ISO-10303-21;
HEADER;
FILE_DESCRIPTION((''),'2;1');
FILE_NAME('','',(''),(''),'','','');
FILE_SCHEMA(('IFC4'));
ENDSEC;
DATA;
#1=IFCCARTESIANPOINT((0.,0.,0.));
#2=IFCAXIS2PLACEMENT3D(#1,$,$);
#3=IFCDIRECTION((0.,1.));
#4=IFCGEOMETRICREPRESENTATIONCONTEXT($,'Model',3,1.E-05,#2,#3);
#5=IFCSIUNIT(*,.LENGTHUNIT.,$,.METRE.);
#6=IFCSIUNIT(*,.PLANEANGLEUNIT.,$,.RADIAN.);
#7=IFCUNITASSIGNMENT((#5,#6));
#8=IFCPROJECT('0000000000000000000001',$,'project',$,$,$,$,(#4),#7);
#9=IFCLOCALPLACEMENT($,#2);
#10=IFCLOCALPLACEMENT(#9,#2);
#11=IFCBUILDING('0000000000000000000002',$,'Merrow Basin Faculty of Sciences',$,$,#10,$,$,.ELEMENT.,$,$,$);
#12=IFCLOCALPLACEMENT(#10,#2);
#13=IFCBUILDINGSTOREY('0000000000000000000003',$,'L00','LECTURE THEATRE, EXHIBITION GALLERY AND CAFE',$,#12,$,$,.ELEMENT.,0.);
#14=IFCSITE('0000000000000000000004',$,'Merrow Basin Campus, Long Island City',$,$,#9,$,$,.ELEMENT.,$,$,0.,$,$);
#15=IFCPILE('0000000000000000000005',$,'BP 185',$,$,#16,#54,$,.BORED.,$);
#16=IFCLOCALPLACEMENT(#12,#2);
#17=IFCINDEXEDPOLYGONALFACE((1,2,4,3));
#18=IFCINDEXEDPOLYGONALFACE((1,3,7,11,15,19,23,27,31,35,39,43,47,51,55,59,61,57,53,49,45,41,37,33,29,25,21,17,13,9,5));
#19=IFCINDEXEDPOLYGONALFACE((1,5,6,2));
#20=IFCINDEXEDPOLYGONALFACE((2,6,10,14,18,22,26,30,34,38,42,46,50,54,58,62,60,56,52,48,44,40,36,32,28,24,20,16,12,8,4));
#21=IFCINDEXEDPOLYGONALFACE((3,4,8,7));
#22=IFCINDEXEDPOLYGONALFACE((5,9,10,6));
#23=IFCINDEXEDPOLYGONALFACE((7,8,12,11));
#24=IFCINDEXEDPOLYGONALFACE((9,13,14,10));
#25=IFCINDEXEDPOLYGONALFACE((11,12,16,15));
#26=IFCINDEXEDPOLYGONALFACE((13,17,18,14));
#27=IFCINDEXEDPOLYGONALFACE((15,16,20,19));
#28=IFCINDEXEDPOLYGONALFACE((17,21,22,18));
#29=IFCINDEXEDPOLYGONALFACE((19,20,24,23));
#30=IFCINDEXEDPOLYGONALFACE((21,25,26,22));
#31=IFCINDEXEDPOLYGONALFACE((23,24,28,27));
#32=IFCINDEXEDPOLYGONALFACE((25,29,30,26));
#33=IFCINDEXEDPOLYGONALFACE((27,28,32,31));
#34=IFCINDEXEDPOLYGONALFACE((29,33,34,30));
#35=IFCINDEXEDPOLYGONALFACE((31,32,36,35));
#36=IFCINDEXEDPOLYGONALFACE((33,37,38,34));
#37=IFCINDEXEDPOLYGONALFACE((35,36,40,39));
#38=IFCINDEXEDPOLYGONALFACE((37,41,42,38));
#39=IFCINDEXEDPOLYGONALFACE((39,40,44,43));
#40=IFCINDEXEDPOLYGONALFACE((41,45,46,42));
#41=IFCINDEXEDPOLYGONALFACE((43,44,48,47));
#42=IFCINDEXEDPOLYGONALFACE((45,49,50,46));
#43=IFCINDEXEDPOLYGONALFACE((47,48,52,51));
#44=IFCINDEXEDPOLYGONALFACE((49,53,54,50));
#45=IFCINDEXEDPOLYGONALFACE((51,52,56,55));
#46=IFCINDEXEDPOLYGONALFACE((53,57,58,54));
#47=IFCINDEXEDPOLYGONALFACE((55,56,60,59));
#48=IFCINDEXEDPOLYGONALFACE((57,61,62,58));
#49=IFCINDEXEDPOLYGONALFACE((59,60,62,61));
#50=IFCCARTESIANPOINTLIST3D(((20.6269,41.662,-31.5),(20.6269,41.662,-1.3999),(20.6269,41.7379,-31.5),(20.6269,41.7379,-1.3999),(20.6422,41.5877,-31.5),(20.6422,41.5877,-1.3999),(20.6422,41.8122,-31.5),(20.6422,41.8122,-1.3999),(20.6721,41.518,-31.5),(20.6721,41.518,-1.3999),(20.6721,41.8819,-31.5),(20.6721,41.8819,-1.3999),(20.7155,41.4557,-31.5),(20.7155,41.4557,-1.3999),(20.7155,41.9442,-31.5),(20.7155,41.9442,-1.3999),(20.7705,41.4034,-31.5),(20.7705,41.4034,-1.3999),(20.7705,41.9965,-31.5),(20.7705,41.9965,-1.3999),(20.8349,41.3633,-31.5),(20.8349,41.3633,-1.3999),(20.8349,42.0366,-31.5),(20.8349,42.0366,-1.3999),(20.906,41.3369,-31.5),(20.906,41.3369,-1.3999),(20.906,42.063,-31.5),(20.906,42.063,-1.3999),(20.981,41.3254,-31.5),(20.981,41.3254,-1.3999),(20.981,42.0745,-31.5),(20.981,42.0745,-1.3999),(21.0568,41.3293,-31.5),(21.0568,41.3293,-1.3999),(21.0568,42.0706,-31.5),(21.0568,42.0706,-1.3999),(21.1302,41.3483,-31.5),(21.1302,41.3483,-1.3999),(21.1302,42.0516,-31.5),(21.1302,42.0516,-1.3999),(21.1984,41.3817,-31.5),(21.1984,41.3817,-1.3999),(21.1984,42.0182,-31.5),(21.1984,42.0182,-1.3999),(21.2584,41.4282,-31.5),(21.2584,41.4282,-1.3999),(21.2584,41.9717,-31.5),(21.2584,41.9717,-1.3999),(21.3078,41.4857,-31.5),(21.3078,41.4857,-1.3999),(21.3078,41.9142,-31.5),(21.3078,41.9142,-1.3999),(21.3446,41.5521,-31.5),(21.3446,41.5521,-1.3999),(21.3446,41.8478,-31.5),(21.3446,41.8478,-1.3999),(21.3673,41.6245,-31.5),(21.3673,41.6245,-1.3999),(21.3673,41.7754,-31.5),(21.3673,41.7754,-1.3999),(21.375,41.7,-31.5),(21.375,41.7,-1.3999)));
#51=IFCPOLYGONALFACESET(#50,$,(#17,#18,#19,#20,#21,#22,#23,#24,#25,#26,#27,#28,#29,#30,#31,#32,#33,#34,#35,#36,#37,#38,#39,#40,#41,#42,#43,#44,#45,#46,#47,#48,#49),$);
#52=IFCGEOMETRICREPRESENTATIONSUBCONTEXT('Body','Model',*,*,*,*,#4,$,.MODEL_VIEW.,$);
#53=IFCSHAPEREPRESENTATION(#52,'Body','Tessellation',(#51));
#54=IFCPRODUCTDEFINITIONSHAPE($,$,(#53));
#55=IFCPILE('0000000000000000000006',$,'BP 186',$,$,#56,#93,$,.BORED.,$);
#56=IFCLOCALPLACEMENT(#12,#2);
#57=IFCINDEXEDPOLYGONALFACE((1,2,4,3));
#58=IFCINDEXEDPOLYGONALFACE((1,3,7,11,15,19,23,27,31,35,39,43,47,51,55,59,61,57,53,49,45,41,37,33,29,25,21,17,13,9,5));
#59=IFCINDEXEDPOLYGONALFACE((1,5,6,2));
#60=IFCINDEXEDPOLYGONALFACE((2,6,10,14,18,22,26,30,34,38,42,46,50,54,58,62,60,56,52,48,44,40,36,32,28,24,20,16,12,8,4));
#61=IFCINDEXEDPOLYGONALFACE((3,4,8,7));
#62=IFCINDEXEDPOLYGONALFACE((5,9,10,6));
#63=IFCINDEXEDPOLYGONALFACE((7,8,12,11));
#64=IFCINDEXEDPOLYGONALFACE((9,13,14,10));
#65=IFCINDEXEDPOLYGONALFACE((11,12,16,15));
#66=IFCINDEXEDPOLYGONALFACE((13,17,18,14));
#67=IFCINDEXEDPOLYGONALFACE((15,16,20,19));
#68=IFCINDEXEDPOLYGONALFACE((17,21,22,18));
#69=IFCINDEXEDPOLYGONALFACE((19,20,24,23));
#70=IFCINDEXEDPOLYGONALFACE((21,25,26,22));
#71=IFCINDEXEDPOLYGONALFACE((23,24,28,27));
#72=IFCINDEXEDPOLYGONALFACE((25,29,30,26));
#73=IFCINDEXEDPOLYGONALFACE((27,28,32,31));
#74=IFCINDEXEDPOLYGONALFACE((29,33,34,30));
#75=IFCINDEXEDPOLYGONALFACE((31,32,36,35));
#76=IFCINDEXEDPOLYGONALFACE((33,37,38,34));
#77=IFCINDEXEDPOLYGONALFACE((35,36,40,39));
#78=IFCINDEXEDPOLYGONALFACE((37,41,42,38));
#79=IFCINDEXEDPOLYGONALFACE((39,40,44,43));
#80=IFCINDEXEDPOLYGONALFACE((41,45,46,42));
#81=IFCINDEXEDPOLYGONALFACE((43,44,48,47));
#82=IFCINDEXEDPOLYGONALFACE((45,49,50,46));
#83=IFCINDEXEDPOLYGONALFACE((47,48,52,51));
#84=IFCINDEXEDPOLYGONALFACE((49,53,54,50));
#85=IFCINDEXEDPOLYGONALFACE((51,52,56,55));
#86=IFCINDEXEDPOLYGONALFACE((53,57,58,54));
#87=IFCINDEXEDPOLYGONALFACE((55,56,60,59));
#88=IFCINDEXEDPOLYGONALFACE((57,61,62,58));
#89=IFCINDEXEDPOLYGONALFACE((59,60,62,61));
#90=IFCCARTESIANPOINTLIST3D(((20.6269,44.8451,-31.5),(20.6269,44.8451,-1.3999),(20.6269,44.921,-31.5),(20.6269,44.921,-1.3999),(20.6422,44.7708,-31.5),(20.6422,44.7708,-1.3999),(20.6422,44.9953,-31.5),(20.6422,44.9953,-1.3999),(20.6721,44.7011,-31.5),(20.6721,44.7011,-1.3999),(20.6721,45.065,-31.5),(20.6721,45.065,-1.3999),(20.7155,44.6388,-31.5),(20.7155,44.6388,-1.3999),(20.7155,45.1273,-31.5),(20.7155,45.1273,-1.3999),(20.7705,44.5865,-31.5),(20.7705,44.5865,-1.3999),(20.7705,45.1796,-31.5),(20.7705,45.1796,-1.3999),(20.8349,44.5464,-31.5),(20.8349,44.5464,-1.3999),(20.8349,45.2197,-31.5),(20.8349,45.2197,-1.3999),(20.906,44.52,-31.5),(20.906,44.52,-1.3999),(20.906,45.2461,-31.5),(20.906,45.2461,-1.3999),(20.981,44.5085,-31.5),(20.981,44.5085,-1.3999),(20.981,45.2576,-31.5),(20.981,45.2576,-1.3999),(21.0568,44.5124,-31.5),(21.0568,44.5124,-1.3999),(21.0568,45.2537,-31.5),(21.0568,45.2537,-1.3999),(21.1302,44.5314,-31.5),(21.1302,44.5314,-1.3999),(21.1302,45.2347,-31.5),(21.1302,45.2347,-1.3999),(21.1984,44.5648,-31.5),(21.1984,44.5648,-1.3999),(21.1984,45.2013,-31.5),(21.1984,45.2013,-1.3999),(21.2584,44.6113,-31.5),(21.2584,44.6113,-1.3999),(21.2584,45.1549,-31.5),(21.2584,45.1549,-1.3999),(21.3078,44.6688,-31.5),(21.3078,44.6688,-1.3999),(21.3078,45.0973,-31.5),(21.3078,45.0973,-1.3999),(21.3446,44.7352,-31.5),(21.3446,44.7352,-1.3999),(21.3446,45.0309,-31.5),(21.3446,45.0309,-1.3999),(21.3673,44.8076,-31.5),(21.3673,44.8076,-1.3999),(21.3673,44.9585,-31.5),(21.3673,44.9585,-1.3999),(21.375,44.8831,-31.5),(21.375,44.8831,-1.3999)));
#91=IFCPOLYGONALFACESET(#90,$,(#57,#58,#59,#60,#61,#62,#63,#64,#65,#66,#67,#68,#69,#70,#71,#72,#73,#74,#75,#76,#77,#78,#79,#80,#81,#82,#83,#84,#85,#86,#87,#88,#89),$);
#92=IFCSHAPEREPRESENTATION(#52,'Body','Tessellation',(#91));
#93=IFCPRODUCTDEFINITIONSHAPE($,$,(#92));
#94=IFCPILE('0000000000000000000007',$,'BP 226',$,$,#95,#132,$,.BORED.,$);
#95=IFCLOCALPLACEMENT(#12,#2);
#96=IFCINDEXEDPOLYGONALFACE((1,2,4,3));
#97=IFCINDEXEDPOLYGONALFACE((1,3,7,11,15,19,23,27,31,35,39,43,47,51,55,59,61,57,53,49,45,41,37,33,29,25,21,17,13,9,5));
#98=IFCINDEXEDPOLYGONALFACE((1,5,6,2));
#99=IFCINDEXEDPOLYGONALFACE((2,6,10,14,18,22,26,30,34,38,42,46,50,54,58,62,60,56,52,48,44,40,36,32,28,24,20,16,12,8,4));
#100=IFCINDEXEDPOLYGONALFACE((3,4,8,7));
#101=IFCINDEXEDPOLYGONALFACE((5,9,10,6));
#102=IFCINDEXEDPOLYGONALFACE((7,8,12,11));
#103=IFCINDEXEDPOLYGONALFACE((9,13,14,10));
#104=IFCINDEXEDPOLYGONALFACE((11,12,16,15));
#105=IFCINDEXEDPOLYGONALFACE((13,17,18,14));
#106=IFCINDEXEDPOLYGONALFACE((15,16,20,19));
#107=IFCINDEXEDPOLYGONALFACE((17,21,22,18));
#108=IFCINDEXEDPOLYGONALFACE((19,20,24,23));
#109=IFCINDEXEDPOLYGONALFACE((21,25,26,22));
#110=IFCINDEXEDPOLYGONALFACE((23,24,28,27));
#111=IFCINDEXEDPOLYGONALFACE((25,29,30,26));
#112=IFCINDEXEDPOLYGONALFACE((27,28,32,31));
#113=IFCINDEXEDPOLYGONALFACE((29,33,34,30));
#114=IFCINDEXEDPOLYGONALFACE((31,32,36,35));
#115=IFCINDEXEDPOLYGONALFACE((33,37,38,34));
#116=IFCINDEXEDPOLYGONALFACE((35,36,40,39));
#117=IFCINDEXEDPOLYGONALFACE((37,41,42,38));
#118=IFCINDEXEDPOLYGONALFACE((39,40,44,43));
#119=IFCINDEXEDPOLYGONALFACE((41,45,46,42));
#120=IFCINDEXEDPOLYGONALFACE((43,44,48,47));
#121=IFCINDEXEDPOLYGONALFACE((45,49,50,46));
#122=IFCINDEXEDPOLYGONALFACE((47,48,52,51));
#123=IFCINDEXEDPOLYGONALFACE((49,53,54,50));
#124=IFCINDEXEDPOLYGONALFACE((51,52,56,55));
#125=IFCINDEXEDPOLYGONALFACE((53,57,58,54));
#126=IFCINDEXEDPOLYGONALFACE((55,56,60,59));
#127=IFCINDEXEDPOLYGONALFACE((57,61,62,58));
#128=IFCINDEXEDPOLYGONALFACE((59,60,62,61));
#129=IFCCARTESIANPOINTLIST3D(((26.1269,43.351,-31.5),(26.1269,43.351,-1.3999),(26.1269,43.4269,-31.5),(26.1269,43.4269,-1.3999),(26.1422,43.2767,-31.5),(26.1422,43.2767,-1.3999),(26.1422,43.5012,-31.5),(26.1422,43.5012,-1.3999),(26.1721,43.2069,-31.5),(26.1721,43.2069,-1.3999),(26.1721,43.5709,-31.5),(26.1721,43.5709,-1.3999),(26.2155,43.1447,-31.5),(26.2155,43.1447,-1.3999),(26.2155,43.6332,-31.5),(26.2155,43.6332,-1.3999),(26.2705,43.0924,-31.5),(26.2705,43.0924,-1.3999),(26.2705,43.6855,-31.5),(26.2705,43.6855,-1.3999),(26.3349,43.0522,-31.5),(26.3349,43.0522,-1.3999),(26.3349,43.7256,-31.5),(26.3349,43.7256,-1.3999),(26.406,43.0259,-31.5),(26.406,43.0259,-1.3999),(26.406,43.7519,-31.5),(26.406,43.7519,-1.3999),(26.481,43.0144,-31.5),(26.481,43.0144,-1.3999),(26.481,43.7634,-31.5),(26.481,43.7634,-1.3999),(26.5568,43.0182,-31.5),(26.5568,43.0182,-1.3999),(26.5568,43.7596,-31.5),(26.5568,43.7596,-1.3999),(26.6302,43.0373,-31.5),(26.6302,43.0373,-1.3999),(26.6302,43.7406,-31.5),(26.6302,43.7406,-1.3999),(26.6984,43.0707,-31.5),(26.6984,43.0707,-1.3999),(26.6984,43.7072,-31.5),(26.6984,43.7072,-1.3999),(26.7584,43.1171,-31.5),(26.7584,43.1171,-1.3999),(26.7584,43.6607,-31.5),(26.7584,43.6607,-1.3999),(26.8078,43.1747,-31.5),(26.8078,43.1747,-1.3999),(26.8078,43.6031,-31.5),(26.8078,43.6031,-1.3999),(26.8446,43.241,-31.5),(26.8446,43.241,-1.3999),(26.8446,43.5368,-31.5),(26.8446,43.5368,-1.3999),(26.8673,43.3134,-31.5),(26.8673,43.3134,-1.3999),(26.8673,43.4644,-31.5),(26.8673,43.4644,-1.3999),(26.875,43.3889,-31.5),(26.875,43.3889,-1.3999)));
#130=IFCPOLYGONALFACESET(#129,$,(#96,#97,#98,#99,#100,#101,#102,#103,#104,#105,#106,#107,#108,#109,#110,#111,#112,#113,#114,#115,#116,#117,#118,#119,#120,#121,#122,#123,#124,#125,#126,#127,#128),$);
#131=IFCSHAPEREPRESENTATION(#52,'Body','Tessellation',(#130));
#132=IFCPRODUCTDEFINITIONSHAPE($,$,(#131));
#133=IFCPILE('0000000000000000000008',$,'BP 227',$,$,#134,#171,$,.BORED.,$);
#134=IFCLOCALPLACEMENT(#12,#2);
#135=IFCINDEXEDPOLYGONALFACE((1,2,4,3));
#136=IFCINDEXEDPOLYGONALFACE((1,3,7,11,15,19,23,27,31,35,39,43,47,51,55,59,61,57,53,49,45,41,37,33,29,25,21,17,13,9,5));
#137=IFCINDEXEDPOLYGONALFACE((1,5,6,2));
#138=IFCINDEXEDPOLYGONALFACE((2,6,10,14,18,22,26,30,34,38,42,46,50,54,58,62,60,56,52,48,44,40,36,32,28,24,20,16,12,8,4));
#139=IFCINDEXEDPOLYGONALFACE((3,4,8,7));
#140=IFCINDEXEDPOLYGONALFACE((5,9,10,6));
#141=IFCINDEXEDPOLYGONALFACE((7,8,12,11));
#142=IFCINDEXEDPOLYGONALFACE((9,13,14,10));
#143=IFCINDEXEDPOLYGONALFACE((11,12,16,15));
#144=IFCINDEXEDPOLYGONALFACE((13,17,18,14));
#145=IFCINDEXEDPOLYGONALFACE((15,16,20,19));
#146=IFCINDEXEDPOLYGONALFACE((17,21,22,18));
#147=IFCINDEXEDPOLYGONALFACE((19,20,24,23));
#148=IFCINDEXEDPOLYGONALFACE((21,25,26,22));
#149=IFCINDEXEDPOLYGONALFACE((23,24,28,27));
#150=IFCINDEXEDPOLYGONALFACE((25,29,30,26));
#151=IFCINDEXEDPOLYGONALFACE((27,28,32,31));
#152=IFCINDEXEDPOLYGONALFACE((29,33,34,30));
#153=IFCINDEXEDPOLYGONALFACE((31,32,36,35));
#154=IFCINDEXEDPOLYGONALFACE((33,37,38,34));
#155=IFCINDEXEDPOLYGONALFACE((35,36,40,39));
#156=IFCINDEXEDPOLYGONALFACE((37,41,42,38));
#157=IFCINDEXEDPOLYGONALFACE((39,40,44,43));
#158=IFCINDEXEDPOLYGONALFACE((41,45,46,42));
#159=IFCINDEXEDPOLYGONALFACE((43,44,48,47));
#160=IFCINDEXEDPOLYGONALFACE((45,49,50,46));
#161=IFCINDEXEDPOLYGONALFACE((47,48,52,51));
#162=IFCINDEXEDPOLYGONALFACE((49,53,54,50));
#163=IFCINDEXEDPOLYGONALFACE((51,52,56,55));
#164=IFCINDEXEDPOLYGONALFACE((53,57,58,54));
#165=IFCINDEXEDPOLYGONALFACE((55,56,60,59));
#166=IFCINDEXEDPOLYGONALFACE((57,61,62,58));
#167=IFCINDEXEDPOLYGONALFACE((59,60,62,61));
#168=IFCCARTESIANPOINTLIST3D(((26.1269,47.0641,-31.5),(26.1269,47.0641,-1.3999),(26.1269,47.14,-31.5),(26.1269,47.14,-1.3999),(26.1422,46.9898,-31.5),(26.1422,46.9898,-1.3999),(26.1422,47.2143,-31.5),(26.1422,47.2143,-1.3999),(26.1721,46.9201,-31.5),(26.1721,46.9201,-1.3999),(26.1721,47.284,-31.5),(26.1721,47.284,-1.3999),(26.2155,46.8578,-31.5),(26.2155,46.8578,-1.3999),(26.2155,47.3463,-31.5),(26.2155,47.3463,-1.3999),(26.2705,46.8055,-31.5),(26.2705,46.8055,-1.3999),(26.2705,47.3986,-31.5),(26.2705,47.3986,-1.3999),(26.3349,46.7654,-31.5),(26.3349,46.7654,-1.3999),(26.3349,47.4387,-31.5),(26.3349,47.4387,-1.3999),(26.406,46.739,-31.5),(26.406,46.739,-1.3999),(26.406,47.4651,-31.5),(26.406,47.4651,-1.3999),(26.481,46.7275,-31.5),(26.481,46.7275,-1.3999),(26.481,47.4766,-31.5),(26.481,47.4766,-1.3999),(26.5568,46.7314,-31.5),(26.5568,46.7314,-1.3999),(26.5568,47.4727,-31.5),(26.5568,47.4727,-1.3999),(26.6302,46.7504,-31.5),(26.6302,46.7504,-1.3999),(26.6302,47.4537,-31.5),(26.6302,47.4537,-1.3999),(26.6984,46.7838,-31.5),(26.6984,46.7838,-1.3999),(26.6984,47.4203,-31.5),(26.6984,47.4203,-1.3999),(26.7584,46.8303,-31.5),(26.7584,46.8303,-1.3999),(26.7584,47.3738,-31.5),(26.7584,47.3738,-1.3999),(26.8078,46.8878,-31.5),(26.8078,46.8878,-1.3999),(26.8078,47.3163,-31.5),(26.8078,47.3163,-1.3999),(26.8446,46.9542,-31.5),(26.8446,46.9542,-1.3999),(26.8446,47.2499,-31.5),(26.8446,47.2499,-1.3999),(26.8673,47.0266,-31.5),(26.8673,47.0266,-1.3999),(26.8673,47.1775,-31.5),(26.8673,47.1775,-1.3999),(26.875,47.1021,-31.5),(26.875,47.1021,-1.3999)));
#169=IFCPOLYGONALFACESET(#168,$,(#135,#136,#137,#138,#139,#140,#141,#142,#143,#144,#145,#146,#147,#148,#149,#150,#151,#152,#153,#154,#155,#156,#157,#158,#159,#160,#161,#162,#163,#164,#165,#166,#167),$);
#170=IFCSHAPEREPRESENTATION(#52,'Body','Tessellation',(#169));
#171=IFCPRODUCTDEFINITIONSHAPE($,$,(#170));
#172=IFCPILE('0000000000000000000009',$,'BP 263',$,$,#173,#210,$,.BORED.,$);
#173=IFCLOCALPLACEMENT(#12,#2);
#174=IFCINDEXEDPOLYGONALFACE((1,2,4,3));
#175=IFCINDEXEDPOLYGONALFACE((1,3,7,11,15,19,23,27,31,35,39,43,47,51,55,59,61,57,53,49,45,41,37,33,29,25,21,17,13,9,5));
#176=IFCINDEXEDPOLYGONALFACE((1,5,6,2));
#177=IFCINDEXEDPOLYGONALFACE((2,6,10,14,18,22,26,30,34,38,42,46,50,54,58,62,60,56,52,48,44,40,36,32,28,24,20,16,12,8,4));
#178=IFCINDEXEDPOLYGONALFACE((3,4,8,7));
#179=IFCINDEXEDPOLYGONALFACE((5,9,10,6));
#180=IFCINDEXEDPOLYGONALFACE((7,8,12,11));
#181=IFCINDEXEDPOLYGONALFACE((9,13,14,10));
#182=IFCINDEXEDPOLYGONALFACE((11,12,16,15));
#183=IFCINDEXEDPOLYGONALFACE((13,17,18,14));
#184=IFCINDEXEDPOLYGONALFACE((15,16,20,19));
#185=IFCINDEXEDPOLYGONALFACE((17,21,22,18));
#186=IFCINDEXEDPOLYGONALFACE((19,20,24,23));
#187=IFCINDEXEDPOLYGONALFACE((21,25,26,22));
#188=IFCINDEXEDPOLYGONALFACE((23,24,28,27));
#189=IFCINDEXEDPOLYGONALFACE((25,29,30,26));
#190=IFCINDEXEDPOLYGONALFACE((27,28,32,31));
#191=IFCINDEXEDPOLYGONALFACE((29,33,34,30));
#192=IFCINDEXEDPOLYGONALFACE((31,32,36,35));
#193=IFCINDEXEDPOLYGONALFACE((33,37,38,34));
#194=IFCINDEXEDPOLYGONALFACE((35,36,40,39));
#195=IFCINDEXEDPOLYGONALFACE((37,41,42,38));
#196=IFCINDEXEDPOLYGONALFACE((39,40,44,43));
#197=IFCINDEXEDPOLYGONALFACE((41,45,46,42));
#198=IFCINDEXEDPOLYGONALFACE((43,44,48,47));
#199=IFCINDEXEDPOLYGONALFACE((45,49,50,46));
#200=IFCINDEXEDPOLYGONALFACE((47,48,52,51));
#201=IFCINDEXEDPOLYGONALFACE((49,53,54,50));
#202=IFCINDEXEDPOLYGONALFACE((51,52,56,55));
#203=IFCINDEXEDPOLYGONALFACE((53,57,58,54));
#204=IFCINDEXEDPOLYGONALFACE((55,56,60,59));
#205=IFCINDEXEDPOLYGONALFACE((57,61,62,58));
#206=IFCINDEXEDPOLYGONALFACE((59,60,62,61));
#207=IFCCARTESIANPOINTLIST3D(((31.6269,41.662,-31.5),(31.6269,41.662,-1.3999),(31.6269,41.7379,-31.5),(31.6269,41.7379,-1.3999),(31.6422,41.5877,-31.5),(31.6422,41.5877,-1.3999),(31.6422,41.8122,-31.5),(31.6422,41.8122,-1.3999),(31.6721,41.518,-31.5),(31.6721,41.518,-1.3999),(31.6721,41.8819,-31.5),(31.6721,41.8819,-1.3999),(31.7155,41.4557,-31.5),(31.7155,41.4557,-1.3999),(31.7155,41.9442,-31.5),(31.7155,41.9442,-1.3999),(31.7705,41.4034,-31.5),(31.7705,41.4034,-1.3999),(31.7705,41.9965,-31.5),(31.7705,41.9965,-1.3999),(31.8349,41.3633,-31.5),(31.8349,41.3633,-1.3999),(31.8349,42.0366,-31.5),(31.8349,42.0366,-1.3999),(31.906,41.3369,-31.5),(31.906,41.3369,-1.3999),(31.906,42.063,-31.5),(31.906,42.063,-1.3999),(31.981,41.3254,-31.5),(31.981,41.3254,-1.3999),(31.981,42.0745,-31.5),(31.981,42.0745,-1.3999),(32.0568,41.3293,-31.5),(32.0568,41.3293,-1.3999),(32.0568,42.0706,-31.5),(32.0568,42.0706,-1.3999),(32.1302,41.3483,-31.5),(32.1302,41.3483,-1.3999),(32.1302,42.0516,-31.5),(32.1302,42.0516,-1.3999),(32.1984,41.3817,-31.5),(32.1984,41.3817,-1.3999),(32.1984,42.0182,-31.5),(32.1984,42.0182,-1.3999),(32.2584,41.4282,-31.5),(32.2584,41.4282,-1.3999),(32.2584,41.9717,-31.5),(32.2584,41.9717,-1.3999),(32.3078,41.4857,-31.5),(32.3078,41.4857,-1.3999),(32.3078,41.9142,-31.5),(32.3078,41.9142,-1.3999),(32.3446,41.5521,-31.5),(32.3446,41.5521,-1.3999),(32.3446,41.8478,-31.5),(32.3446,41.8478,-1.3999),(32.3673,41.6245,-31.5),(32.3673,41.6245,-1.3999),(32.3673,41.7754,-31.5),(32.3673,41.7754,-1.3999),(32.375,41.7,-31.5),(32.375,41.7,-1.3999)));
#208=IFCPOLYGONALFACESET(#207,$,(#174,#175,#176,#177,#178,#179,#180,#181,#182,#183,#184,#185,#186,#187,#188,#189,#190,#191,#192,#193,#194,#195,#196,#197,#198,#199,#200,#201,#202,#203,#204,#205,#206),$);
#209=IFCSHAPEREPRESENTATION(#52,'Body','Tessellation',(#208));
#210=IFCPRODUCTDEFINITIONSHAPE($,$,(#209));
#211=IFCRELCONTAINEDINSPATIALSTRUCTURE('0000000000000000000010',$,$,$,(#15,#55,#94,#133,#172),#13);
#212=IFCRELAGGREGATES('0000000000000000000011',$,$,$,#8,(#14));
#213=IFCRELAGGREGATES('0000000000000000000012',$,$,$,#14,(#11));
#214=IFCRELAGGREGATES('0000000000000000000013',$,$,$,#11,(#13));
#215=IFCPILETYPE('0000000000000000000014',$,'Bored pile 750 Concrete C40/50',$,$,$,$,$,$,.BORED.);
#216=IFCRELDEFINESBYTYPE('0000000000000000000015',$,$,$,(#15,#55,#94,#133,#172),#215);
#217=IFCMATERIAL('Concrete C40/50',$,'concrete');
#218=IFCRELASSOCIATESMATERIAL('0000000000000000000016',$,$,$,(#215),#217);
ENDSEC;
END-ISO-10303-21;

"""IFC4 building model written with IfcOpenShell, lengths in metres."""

from ifc_helpers import new_model, si_unit, direction, frame, origin, origin_2d, place, context, subcontext, project, spatial, circle, extrude, material, material_profile, profile_set, type_object, element, save


model = new_model("IFC4")

# Units and contexts
model_context = context("Model", 3, precision=1e-05, world=origin(), true_north=direction((0.0, 1.0)))
body_context = subcontext(model_context, "Body", "Model", "MODEL_VIEW")
ifc_project = project(units=[si_unit("LENGTHUNIT", "METRE"), si_unit("PLANEANGLEUNIT", "RADIAN")], contexts=[model_context])

# Site, building, storey
site_placement = place(None, origin())
site = spatial("IfcSite", under=ifc_project, at=site_placement, Name="Merrow Basin Campus, Long Island City", CompositionType="ELEMENT", RefElevation=0.0)
building_placement = place(site_placement, origin())
building = spatial("IfcBuilding", under=site, at=building_placement, Name="Merrow Basin Faculty of Sciences", CompositionType="ELEMENT")
storey_placement = place(building_placement, origin())
storey = spatial("IfcBuildingStorey", under=building, at=storey_placement, Name="L00", Description="LECTURE THEATRE, EXHIBITION GALLERY AND CAFE", CompositionType="ELEMENT", Elevation=0.0)

# Piles
ifc_material_1 = material(Name="Concrete C40/50", Category="concrete")
ifc_material_profile_1 = material_profile(ifc_material_1, circle(Radius=0.375, at=origin_2d()))
ifc_profile_set_1 = profile_set([ifc_material_profile_1], Name="Concrete C40/50")
pile_type_1 = type_object("IfcPileType", Name="Bored pile 750 Concrete C40/50", PredefinedType="BORED", material=ifc_profile_set_1)
for number, where, z_axis, x_axis, name in (
    (1, (21.0, 41.7, -1.3999), (0.0, 0.0, -1.0), (1.0, 0.0, 0.0), "BP 185"),
    (2, (21.0, 44.8831, -1.3999), (0.0, 0.0, -1.0), (1.0, 0.0, 0.0), "BP 186"),
    (3, (26.5, 43.3889, -1.3999), (0.0, 0.0, -1.0), (1.0, 0.0, 0.0), "BP 226"),
    (4, (26.5, 47.1021, -1.3999), (0.0, 0.0, -1.0), (1.0, 0.0, 0.0), "BP 227"),
    (5, (32.0, 41.7, -1.3999), (0.0, 0.0, -1.0), (1.0, 0.0, 0.0), "BP 263"),
):
    element("IfcPile", number, at=place(storey_placement, frame(where, z_axis=z_axis, x_axis=x_axis)), inside=storey, type_object=pile_type_1, Name=name, PredefinedType="BORED", context=body_context, shape_type="SweptSolid", body=[
        extrude(circle(Radius=0.375, at=origin_2d()), origin(), (0.0, 0.0, 1.0), 30.1001),
    ])

save(model, "model.ifc")
